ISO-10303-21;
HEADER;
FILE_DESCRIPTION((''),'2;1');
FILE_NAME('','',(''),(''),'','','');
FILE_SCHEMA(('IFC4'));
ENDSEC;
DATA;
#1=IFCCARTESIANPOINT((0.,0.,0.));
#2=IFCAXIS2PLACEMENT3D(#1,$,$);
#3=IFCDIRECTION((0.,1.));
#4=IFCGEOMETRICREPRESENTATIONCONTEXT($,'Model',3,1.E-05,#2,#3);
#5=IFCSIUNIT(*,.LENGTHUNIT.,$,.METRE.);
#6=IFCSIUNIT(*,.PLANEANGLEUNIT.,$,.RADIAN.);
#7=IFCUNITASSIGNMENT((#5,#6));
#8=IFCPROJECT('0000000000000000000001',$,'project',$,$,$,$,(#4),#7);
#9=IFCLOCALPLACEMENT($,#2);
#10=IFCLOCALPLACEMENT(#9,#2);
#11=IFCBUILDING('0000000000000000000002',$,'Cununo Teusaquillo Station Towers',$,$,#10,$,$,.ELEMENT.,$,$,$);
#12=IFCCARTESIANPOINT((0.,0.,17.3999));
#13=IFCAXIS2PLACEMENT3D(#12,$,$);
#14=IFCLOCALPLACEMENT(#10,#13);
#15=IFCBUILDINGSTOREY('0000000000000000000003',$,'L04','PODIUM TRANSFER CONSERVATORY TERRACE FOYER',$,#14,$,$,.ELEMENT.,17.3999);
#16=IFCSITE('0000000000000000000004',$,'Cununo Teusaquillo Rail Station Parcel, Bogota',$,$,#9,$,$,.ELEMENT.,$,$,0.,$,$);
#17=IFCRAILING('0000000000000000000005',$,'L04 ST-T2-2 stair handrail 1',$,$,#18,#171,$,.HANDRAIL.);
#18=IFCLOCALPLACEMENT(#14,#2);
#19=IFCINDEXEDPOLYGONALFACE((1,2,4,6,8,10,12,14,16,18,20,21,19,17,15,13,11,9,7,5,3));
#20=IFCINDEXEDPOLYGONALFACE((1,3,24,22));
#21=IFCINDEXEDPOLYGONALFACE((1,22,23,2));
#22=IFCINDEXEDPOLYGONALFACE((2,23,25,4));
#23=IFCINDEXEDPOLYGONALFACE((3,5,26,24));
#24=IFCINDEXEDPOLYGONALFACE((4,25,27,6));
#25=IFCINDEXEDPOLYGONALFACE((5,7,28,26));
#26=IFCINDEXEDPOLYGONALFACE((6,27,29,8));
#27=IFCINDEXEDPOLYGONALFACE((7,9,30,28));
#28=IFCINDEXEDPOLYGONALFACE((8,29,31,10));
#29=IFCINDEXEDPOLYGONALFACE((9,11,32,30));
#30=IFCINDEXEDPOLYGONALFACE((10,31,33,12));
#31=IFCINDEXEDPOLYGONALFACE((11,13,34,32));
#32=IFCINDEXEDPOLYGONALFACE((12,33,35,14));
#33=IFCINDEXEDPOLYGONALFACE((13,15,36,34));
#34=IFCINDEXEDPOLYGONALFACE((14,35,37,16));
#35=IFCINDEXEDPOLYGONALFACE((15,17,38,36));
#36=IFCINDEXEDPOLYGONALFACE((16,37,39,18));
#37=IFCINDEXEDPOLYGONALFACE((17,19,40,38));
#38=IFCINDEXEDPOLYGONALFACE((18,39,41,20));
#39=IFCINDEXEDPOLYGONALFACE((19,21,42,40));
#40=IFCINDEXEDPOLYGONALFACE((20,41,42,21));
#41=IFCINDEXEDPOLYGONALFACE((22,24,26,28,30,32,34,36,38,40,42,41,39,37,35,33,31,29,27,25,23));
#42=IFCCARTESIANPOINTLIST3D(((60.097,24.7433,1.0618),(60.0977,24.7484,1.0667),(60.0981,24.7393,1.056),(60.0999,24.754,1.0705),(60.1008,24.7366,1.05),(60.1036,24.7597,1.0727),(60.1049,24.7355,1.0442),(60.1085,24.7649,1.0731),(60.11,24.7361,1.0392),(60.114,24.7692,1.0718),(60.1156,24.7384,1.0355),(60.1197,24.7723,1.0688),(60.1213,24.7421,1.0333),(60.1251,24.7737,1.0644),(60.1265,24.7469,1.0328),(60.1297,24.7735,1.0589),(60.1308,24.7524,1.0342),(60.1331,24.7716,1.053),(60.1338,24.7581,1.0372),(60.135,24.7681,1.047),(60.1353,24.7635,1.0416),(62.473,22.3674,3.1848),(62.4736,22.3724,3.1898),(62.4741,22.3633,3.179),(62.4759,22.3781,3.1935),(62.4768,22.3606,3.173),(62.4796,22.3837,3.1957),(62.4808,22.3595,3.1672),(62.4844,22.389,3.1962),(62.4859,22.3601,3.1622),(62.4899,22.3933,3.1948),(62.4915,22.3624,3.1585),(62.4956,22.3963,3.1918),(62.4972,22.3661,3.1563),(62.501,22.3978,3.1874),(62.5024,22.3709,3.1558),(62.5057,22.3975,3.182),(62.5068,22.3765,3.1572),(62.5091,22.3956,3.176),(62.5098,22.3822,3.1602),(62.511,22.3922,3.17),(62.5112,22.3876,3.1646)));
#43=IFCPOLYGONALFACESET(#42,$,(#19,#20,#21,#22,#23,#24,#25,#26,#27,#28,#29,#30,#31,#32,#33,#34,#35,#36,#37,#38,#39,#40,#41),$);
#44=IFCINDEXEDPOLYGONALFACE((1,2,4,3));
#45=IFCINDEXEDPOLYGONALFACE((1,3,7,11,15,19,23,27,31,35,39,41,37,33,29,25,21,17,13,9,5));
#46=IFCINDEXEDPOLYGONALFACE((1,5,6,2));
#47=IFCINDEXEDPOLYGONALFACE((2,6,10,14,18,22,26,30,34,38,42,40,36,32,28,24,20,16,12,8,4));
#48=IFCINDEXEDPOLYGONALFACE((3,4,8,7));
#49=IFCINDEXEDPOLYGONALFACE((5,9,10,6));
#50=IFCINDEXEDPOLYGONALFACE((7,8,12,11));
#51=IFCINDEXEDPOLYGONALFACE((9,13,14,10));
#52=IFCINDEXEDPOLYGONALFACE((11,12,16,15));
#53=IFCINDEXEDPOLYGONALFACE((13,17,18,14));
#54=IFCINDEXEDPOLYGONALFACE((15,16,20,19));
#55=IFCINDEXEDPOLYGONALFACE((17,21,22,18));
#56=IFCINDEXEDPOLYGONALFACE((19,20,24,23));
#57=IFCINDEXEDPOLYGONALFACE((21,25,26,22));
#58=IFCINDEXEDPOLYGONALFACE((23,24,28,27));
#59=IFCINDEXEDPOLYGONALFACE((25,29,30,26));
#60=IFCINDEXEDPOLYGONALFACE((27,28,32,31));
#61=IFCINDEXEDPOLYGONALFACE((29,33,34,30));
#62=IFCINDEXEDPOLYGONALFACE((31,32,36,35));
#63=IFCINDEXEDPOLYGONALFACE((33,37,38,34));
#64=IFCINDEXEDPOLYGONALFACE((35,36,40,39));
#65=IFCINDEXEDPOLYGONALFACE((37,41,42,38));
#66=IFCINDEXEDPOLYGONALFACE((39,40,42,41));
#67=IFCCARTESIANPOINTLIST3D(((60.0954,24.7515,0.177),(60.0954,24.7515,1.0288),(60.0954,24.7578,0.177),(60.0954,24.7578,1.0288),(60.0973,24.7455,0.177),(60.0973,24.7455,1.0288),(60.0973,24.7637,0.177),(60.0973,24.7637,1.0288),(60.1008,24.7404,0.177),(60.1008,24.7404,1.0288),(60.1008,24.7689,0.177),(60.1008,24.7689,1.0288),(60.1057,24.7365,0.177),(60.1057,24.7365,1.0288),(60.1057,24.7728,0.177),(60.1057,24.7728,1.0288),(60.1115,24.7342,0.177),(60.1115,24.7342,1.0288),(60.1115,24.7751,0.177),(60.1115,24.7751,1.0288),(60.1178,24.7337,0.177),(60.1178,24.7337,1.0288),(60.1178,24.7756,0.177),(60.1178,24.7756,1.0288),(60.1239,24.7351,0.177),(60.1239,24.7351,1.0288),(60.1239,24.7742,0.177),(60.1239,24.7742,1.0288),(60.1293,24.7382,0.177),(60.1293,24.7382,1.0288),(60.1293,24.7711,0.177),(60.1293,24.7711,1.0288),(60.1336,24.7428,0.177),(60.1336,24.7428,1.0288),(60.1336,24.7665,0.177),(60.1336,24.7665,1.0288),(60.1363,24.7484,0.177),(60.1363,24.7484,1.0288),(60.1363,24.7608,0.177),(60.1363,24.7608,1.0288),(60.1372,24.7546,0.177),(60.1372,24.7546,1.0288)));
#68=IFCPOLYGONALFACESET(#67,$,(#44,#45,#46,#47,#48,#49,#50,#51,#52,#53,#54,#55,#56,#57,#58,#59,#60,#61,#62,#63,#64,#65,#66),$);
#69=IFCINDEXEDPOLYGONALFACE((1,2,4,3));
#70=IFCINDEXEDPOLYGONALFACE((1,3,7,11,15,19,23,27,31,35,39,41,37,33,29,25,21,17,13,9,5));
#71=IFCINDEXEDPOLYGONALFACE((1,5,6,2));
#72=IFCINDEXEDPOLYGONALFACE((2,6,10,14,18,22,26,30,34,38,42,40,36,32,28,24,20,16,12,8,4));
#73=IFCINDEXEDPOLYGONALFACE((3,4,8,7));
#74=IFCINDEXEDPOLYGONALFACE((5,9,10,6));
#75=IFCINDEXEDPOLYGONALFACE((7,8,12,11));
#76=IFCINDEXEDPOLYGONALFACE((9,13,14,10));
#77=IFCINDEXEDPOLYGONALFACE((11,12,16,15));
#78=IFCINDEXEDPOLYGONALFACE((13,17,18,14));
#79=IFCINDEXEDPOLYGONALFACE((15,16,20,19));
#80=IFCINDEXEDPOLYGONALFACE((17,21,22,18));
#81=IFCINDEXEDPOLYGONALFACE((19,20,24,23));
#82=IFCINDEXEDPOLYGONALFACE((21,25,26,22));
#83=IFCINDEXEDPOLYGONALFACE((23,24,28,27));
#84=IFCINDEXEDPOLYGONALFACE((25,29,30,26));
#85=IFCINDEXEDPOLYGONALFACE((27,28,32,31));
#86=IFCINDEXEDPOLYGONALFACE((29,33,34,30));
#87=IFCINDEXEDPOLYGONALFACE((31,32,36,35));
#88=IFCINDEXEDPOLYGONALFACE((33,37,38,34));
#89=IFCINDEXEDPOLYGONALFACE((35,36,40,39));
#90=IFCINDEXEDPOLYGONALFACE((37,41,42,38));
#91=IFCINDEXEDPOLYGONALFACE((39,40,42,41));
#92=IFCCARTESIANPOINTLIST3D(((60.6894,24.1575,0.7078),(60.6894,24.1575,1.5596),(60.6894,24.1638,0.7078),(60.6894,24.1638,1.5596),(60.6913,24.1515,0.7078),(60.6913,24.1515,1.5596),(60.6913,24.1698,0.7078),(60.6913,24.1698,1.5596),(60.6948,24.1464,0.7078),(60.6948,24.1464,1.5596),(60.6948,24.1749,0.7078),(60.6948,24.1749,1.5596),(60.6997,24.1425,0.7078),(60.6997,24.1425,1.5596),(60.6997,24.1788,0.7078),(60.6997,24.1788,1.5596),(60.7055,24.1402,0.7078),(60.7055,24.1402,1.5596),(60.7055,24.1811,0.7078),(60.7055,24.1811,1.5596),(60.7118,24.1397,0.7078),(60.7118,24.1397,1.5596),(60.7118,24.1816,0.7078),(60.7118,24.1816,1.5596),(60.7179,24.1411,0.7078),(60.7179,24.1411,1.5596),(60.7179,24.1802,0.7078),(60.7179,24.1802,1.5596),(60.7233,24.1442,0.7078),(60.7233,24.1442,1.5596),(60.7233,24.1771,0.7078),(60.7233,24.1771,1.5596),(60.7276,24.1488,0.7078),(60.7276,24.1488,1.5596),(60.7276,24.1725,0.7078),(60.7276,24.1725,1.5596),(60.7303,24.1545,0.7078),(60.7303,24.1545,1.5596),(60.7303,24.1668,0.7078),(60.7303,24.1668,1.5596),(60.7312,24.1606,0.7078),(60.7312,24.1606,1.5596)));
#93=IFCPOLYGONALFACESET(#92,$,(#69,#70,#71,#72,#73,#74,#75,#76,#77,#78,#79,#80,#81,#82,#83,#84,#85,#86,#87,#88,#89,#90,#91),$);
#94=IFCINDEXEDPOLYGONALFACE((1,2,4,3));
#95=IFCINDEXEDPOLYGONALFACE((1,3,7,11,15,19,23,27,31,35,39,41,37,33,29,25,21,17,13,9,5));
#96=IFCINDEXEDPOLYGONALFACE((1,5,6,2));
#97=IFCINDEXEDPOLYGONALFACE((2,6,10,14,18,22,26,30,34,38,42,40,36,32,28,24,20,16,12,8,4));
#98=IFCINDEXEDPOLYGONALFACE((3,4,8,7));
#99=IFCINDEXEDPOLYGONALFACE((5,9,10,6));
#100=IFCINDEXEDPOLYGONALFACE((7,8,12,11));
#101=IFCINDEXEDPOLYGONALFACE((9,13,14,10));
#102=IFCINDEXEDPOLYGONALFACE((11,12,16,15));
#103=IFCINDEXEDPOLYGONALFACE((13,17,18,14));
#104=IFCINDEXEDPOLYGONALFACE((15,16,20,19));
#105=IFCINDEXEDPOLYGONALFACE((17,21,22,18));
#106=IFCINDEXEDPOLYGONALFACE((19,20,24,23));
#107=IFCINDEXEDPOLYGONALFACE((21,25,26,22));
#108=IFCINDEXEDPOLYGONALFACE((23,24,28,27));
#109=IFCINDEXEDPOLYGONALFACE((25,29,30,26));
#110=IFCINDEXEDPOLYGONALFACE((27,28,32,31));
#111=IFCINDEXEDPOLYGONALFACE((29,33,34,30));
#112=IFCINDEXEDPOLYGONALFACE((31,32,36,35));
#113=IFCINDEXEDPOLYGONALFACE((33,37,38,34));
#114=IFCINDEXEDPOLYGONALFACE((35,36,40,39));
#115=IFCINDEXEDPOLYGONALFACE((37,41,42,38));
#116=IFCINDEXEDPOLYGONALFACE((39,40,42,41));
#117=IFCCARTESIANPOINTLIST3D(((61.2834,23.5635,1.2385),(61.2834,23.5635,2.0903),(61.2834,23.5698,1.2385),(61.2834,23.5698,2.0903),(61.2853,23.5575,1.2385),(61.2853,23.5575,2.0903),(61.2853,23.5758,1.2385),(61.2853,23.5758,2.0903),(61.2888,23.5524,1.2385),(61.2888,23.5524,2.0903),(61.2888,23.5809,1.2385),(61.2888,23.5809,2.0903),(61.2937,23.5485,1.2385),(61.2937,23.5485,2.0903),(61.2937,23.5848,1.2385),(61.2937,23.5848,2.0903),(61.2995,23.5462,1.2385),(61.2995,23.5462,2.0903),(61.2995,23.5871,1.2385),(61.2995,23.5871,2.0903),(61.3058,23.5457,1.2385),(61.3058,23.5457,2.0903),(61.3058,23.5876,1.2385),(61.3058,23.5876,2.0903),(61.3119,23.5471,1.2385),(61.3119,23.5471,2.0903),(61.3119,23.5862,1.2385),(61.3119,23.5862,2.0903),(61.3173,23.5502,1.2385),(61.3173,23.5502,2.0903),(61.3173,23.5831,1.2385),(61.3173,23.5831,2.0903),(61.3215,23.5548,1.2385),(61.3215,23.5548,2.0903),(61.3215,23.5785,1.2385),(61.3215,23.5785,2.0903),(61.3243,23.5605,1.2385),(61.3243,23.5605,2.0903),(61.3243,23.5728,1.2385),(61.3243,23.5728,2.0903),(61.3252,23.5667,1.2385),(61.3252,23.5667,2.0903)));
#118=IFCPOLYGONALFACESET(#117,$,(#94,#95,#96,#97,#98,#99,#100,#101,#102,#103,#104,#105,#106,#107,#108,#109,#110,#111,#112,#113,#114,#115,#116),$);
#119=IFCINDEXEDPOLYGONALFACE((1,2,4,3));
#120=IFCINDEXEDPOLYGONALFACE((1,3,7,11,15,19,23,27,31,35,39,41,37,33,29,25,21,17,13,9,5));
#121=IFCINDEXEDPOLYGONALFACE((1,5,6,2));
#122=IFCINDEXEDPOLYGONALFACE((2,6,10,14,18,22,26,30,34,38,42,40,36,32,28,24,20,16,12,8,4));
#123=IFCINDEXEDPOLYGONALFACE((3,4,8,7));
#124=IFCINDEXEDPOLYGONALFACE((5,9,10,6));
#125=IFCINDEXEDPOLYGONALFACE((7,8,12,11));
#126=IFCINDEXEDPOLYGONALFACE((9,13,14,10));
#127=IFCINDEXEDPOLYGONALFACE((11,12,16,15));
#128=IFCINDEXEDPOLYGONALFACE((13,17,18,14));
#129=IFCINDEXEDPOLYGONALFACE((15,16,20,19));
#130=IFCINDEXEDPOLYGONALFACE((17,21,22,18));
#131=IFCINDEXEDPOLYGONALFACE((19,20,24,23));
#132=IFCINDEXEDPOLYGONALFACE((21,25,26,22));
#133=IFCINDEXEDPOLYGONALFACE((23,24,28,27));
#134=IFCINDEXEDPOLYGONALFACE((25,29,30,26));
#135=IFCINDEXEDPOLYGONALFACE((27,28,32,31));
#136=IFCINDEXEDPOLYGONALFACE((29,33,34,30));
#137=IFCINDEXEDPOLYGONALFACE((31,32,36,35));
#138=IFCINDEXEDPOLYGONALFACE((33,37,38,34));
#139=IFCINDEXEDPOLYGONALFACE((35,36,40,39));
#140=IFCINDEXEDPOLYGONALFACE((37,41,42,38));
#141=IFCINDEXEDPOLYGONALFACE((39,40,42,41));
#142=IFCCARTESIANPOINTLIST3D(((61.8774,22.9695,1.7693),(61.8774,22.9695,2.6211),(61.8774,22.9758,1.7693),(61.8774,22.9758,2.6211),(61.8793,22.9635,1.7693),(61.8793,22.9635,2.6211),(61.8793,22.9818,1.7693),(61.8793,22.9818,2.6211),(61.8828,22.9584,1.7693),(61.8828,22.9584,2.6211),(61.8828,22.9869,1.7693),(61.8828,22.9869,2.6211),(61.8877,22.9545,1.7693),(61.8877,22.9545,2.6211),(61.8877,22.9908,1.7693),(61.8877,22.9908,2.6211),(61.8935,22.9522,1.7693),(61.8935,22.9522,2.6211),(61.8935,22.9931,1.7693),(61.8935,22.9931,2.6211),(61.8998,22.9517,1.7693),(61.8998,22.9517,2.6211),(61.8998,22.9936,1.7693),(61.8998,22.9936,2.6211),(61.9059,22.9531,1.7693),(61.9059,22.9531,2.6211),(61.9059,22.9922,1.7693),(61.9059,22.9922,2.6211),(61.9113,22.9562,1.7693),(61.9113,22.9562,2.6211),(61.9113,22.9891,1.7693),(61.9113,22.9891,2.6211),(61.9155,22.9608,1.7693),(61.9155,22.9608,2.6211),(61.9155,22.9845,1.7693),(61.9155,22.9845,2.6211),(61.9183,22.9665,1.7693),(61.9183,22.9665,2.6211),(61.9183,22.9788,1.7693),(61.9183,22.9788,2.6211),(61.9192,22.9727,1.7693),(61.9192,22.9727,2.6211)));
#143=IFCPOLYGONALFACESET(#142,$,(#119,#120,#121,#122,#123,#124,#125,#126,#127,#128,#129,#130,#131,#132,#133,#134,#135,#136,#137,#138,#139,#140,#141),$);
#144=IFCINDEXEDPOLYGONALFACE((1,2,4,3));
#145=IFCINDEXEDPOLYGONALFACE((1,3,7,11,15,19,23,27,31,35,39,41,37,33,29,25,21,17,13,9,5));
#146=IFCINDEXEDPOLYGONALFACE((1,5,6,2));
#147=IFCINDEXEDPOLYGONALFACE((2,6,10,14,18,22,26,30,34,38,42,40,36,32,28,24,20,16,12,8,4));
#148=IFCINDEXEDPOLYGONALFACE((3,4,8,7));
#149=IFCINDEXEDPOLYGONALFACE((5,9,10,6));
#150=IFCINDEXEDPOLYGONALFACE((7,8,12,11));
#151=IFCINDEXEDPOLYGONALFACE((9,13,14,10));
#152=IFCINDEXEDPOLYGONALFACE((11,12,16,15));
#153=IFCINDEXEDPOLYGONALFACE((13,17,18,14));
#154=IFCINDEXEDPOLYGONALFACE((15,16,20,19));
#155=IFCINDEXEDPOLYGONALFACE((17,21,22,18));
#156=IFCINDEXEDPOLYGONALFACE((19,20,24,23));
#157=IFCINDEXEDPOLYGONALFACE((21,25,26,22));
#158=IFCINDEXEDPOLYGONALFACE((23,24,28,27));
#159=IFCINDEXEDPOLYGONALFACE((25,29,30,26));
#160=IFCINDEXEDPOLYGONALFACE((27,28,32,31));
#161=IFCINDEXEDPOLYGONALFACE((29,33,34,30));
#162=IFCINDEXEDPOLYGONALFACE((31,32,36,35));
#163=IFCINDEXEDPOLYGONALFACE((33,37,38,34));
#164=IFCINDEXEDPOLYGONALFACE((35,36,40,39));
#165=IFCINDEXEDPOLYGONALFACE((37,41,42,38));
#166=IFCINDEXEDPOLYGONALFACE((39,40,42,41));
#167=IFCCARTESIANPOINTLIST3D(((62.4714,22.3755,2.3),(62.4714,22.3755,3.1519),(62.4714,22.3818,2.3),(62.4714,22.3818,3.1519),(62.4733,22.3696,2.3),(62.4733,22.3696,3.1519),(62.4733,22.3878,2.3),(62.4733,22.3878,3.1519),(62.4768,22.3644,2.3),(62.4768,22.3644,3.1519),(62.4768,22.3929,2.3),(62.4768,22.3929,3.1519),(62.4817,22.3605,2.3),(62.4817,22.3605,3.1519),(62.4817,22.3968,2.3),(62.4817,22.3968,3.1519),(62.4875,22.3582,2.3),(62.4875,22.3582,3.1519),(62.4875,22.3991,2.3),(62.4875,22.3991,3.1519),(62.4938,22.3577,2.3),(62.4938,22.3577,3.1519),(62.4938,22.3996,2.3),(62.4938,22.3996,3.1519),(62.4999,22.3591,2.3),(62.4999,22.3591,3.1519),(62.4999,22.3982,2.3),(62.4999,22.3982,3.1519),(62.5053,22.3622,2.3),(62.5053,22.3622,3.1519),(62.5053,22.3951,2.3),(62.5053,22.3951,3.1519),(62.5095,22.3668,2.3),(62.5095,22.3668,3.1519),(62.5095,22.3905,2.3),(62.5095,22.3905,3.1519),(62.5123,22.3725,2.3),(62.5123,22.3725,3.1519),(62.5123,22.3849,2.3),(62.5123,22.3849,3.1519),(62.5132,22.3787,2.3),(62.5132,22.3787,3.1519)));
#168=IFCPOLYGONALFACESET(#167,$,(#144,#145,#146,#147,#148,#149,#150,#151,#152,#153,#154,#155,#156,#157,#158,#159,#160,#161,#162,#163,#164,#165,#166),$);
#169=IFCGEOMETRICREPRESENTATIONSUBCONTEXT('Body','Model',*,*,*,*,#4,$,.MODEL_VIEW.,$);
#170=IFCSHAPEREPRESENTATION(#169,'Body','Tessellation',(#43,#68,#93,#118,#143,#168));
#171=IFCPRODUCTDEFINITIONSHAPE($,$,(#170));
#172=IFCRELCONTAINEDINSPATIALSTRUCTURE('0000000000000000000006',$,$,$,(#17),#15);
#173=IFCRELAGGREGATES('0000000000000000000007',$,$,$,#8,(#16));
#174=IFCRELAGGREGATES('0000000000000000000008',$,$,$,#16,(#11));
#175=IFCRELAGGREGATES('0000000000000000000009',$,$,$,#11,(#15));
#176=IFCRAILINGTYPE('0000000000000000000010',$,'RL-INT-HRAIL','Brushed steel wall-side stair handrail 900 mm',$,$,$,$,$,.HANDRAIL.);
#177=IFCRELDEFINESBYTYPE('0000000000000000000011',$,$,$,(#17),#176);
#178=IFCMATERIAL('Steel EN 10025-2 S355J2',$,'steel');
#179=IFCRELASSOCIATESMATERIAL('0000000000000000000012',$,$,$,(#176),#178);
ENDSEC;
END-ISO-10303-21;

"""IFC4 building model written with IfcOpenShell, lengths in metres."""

from ifc_helpers import new_model, si_unit, direction, frame, origin, origin_2d, place, context, subcontext, project, spatial, circle, extrude, material, type_object, element, save


model = new_model("IFC4")

# Units and contexts
model_context = context("Model", 3, precision=1e-05, world=origin(), true_north=direction((0.0, 1.0)))
body_context = subcontext(model_context, "Body", "Model", "MODEL_VIEW")
ifc_project = project(units=[si_unit("LENGTHUNIT", "METRE"), si_unit("PLANEANGLEUNIT", "RADIAN")], contexts=[model_context])

# Site, building, storey
site_placement = place(None, origin())
site = spatial("IfcSite", under=ifc_project, at=site_placement, Name="Cununo Teusaquillo Rail Station Parcel, Bogota", CompositionType="ELEMENT", RefElevation=0.0)
building_placement = place(site_placement, origin())
building = spatial("IfcBuilding", under=site, at=building_placement, Name="Cununo Teusaquillo Station Towers", CompositionType="ELEMENT")
storey_placement = place(building_placement, frame((0.0, 0.0, 17.3999)))
storey = spatial("IfcBuildingStorey", under=building, at=storey_placement, Name="L04", Description="PODIUM TRANSFER CONSERVATORY TERRACE FOYER", CompositionType="ELEMENT", Elevation=17.3999)

# Railing
ifc_material_1 = material(Name="Steel EN 10025-2 S355J2", Category="steel")
railing_type_1 = type_object("IfcRailingType", Name="RL-INT-HRAIL", Description="Brushed steel wall-side stair handrail 900 mm", PredefinedType="HANDRAIL", material=ifc_material_1)
railing_1_placement = place(storey_placement, frame((60.1162, 24.7546, 0.177)))
element("IfcRailing", 1, at=railing_1_placement, inside=storey, type_object=railing_type_1, Name="L04 ST-T2-2 stair handrail 1", PredefinedType="HANDRAIL", context=body_context, shape_type="SweptSolid", body=[
    extrude(circle(Radius=0.0239, at=origin_2d()), frame((0.0, 0.0, 0.876), z_axis=(0.597782, -0.597782, 0.534147), x_axis=(0.707107, 0.707107, 0.0)), (0.0, 0.0, 1.0), 3.9746),
    extrude(circle(Radius=0.021, at=origin_2d()), origin(), (0.0, 0.0, 1.0), 0.8518),
    extrude(circle(Radius=0.021, at=origin_2d()), frame((0.594, -0.594, 0.5308)), (0.0, 0.0, 1.0), 0.8518),
    extrude(circle(Radius=0.021, at=origin_2d()), frame((1.188, -1.188, 1.0615)), (0.0, 0.0, 1.0), 0.8518),
    extrude(circle(Radius=0.021, at=origin_2d()), frame((1.782, -1.782, 1.5923)), (0.0, 0.0, 1.0), 0.8518),
    extrude(circle(Radius=0.021, at=origin_2d()), frame((2.376, -2.376, 2.123)), (0.0, 0.0, 1.0), 0.8518),
])

save(model, "model.ifc")
